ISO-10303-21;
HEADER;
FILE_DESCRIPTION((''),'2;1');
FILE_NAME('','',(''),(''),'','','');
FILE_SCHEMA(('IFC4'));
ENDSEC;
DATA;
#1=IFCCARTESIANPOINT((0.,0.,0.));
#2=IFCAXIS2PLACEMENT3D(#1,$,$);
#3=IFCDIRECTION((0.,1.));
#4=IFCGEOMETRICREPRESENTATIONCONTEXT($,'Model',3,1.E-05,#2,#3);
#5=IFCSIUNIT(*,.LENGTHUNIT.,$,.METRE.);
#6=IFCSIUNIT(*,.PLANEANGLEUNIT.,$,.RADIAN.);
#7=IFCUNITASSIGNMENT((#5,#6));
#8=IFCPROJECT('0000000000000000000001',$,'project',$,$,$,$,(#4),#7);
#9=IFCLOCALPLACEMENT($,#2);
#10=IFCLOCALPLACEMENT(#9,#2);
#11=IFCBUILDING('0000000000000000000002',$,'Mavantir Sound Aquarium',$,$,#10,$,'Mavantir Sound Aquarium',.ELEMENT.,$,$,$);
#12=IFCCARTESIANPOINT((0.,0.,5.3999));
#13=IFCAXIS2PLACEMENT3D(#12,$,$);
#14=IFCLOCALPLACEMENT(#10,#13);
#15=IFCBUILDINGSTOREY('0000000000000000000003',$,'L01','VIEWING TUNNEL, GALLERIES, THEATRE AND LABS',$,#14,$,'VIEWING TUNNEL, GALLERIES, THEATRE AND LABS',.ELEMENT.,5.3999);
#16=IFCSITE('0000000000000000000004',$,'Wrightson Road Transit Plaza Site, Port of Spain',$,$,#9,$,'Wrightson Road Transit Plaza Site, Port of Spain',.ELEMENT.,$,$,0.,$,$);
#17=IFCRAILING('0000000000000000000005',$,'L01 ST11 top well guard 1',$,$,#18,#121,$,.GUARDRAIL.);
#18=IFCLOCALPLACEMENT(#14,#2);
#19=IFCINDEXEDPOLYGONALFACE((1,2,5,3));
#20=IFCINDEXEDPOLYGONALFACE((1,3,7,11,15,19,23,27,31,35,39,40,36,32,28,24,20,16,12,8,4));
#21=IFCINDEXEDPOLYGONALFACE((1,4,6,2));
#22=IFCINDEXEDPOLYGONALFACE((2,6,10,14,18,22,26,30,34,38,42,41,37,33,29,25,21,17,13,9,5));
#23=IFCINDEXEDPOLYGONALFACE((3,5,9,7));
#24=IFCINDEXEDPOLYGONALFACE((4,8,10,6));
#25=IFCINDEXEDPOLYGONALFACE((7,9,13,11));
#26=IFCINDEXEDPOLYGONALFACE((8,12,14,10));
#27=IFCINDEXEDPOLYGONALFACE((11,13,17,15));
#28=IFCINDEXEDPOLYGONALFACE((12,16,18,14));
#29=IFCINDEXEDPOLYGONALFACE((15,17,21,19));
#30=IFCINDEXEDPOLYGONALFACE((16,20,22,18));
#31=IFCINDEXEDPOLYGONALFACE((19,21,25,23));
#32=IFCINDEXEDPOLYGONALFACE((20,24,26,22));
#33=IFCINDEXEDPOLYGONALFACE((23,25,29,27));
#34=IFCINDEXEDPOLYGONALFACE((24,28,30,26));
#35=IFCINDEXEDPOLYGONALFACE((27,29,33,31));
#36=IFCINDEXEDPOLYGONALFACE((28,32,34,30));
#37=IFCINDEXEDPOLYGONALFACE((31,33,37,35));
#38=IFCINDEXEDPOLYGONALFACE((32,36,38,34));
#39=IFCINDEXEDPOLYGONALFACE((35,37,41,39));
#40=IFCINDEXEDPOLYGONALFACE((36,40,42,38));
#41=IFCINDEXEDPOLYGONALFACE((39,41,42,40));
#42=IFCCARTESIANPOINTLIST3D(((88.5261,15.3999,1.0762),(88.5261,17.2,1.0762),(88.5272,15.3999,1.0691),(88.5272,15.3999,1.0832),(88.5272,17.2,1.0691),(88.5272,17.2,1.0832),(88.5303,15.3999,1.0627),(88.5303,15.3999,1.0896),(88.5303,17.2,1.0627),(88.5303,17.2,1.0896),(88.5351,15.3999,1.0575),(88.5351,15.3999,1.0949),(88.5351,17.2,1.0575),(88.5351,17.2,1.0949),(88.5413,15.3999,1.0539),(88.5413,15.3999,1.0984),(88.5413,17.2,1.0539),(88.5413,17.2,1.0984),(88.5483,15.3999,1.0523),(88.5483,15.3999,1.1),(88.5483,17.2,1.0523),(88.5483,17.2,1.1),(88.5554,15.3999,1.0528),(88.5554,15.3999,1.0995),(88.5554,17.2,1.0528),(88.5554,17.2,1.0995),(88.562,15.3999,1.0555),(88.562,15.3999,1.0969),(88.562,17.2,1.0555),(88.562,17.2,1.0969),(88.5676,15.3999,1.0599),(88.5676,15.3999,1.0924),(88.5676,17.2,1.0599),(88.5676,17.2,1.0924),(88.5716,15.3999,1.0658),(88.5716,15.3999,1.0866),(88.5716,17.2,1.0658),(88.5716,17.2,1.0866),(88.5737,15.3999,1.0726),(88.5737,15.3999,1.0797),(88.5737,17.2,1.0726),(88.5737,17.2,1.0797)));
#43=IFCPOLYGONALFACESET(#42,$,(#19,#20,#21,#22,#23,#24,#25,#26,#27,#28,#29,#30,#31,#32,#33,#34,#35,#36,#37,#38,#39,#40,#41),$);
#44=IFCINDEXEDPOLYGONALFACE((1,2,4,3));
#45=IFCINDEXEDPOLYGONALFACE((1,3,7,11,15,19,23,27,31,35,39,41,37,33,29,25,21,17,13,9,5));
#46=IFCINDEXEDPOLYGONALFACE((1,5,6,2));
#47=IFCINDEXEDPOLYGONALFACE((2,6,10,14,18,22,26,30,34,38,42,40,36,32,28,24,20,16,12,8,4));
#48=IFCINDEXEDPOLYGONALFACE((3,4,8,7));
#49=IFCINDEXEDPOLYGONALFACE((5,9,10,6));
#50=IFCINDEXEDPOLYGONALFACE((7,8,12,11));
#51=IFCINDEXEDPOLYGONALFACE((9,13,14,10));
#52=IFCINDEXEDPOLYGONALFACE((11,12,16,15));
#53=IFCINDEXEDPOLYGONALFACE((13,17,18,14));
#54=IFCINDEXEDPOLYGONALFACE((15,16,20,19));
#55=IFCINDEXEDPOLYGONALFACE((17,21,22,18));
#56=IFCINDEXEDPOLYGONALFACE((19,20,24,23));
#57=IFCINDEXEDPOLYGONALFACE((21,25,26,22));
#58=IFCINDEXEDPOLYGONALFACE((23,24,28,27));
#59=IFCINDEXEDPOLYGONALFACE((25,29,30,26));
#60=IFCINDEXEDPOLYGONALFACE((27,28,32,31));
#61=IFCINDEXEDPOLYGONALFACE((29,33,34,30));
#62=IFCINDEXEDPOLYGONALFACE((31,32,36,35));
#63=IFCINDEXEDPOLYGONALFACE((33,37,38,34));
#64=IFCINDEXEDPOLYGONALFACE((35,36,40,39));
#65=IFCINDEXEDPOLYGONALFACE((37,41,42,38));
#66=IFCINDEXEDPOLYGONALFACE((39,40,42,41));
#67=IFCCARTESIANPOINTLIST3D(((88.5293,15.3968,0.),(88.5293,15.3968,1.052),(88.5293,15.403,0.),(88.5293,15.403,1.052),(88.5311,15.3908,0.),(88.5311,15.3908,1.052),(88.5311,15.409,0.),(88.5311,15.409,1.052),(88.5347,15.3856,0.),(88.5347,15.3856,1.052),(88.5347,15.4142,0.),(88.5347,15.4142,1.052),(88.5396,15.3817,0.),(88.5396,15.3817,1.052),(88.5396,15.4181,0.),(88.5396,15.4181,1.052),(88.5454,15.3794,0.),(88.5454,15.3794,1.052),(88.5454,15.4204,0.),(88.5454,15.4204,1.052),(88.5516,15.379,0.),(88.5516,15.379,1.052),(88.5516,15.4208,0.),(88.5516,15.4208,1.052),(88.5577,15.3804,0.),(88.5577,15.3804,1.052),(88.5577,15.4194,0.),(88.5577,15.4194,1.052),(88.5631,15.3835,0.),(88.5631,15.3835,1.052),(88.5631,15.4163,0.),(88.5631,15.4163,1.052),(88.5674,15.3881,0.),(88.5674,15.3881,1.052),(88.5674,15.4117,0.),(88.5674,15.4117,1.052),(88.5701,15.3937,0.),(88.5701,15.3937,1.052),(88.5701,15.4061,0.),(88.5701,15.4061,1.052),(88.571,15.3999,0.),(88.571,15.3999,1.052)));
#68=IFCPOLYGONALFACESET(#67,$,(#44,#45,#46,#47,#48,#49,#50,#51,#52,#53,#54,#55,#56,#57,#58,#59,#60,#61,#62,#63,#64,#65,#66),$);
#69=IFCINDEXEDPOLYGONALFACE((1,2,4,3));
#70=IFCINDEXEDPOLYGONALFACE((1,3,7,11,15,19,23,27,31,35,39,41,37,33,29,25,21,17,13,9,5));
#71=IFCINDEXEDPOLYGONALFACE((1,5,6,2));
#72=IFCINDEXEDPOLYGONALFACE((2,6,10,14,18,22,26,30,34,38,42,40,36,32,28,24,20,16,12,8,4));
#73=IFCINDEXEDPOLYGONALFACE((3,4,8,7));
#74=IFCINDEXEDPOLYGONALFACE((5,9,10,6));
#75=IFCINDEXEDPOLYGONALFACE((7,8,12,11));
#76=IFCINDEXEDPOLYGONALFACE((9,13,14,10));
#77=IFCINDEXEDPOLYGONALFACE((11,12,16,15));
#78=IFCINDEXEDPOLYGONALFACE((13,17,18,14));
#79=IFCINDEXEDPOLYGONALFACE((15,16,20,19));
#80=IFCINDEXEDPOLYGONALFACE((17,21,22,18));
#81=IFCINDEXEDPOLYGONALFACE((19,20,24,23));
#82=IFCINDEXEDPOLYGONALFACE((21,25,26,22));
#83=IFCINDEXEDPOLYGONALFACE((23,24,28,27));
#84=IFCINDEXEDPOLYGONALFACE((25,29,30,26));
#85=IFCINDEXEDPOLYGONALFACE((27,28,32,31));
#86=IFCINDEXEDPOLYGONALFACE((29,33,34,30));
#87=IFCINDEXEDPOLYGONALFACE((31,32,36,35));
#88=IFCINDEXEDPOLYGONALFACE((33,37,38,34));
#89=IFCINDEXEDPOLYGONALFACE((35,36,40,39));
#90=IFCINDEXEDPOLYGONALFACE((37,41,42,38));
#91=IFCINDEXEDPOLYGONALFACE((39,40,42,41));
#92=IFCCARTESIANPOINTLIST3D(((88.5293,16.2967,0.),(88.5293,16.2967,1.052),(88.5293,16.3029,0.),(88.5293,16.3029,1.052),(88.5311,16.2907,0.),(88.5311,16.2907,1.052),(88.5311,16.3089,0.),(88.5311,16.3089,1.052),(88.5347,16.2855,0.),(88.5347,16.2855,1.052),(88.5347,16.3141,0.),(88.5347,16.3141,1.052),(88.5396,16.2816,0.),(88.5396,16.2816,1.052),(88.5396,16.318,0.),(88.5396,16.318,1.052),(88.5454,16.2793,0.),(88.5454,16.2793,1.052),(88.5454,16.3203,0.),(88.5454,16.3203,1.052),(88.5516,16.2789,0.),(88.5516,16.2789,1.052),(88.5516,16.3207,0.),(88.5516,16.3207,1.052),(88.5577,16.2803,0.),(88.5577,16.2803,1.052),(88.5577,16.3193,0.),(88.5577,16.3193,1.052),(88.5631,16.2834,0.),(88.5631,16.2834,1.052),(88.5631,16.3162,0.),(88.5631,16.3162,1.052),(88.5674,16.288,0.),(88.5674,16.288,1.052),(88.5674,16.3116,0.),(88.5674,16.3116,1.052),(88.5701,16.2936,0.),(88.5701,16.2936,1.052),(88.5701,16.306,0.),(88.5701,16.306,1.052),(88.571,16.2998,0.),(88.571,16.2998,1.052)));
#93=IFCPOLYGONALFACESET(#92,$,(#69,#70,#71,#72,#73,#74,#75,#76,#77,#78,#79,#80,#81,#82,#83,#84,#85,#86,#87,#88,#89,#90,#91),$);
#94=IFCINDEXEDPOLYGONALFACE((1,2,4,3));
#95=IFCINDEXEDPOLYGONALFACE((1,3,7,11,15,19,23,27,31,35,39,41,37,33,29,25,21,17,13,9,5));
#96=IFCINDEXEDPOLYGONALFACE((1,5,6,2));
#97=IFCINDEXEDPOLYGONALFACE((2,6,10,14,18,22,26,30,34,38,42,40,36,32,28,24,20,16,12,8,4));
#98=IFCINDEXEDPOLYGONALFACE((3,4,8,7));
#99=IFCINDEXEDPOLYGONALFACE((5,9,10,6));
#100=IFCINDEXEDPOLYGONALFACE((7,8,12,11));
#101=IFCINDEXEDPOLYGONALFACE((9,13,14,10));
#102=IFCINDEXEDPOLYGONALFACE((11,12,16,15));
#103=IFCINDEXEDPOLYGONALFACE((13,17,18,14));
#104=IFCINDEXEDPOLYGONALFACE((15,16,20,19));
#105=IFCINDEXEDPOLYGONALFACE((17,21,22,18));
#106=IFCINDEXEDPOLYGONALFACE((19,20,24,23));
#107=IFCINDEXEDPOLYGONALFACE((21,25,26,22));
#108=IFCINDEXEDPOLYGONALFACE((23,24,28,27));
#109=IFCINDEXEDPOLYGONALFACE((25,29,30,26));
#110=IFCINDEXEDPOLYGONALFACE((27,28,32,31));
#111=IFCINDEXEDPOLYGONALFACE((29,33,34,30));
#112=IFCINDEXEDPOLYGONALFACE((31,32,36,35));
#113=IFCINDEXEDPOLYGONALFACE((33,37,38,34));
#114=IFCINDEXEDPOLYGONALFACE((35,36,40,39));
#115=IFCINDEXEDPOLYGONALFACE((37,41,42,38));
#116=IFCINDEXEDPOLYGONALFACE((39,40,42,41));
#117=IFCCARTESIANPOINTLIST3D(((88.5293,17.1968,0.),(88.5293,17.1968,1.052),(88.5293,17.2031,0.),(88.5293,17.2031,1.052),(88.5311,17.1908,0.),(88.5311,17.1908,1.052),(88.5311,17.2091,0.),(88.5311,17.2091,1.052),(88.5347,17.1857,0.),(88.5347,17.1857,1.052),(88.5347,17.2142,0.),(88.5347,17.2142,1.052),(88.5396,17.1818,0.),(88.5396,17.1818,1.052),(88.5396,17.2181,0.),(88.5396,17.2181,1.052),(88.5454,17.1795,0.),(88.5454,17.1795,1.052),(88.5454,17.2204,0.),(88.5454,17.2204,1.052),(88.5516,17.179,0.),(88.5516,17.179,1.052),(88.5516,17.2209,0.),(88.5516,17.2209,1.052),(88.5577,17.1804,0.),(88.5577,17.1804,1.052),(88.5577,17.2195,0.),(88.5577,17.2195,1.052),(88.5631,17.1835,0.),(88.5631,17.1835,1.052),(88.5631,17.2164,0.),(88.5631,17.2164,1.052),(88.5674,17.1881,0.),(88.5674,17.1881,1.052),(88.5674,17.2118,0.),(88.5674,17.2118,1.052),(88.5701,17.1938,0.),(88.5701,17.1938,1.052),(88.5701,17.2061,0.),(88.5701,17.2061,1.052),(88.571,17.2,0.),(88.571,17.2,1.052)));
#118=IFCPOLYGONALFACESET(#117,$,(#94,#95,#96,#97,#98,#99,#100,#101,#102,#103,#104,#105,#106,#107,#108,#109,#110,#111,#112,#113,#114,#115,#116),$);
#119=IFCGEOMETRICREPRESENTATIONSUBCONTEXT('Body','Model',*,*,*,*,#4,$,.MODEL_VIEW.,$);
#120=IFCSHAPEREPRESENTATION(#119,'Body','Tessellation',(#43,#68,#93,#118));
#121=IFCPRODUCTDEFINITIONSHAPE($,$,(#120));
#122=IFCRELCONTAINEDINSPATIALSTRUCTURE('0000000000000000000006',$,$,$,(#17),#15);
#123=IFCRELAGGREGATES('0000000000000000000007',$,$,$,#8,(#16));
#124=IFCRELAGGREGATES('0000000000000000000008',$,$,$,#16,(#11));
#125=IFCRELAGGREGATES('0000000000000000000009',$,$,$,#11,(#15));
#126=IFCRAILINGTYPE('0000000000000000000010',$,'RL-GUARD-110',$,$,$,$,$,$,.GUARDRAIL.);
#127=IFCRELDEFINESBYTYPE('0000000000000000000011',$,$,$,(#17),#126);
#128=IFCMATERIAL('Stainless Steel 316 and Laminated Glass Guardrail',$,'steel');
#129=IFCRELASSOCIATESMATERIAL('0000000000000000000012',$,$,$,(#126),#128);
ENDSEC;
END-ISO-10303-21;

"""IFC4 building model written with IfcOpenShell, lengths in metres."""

from ifc_helpers import new_model, si_unit, direction, frame, origin, origin_2d, place, context, subcontext, project, spatial, circle, extrude, material, type_object, element, save


model = new_model("IFC4")

# Units and contexts
model_context = context("Model", 3, precision=1e-05, world=origin(), true_north=direction((0.0, 1.0)))
body_context = subcontext(model_context, "Body", "Model", "MODEL_VIEW")
ifc_project = project(units=[si_unit("LENGTHUNIT", "METRE"), si_unit("PLANEANGLEUNIT", "RADIAN")], contexts=[model_context])

# Site, building, storey
site_placement = place(None, origin())
site = spatial("IfcSite", under=ifc_project, at=site_placement, Name="Wrightson Road Transit Plaza Site, Port of Spain", LongName="Wrightson Road Transit Plaza Site, Port of Spain", CompositionType="ELEMENT", RefElevation=0.0)
building_placement = place(site_placement, origin())
building = spatial("IfcBuilding", under=site, at=building_placement, Name="Mavantir Sound Aquarium", LongName="Mavantir Sound Aquarium", CompositionType="ELEMENT")
storey_placement = place(building_placement, frame((0.0, 0.0, 5.3999)))
storey = spatial("IfcBuildingStorey", under=building, at=storey_placement, Name="L01", Description="VIEWING TUNNEL, GALLERIES, THEATRE AND LABS", LongName="VIEWING TUNNEL, GALLERIES, THEATRE AND LABS", CompositionType="ELEMENT", Elevation=5.3999)

# Railing
ifc_material_1 = material(Name="Stainless Steel 316 and Laminated Glass Guardrail", Category="steel")
railing_type = type_object("IfcRailingType", Name="RL-GUARD-110", PredefinedType="GUARDRAIL", material=ifc_material_1)
railing_placement = place(storey_placement, frame((88.55, 15.3999, 0.0)))
element("IfcRailing", 1, at=railing_placement, inside=storey, type_object=railing_type, Name="L01 ST11 top well guard 1", PredefinedType="GUARDRAIL", context=body_context, shape_type="SweptSolid", body=[
    extrude(circle(Radius=0.0239, at=origin_2d()), frame((0.0, 0.0, 1.0762), z_axis=(0.0, 1.0, 0.0), x_axis=(-1.0, 0.0, 0.0)), (0.0, 0.0, 1.0), 1.8),
    extrude(circle(Radius=0.021, at=origin_2d()), origin(), (0.0, 0.0, 1.0), 1.052),
    extrude(circle(Radius=0.021, at=origin_2d()), frame((0.0, 0.8999, 0.0)), (0.0, 0.0, 1.0), 1.052),
    extrude(circle(Radius=0.021, at=origin_2d()), frame((0.0, 1.8, 0.0)), (0.0, 0.0, 1.0), 1.052),
])

save(model, "model.ifc")
